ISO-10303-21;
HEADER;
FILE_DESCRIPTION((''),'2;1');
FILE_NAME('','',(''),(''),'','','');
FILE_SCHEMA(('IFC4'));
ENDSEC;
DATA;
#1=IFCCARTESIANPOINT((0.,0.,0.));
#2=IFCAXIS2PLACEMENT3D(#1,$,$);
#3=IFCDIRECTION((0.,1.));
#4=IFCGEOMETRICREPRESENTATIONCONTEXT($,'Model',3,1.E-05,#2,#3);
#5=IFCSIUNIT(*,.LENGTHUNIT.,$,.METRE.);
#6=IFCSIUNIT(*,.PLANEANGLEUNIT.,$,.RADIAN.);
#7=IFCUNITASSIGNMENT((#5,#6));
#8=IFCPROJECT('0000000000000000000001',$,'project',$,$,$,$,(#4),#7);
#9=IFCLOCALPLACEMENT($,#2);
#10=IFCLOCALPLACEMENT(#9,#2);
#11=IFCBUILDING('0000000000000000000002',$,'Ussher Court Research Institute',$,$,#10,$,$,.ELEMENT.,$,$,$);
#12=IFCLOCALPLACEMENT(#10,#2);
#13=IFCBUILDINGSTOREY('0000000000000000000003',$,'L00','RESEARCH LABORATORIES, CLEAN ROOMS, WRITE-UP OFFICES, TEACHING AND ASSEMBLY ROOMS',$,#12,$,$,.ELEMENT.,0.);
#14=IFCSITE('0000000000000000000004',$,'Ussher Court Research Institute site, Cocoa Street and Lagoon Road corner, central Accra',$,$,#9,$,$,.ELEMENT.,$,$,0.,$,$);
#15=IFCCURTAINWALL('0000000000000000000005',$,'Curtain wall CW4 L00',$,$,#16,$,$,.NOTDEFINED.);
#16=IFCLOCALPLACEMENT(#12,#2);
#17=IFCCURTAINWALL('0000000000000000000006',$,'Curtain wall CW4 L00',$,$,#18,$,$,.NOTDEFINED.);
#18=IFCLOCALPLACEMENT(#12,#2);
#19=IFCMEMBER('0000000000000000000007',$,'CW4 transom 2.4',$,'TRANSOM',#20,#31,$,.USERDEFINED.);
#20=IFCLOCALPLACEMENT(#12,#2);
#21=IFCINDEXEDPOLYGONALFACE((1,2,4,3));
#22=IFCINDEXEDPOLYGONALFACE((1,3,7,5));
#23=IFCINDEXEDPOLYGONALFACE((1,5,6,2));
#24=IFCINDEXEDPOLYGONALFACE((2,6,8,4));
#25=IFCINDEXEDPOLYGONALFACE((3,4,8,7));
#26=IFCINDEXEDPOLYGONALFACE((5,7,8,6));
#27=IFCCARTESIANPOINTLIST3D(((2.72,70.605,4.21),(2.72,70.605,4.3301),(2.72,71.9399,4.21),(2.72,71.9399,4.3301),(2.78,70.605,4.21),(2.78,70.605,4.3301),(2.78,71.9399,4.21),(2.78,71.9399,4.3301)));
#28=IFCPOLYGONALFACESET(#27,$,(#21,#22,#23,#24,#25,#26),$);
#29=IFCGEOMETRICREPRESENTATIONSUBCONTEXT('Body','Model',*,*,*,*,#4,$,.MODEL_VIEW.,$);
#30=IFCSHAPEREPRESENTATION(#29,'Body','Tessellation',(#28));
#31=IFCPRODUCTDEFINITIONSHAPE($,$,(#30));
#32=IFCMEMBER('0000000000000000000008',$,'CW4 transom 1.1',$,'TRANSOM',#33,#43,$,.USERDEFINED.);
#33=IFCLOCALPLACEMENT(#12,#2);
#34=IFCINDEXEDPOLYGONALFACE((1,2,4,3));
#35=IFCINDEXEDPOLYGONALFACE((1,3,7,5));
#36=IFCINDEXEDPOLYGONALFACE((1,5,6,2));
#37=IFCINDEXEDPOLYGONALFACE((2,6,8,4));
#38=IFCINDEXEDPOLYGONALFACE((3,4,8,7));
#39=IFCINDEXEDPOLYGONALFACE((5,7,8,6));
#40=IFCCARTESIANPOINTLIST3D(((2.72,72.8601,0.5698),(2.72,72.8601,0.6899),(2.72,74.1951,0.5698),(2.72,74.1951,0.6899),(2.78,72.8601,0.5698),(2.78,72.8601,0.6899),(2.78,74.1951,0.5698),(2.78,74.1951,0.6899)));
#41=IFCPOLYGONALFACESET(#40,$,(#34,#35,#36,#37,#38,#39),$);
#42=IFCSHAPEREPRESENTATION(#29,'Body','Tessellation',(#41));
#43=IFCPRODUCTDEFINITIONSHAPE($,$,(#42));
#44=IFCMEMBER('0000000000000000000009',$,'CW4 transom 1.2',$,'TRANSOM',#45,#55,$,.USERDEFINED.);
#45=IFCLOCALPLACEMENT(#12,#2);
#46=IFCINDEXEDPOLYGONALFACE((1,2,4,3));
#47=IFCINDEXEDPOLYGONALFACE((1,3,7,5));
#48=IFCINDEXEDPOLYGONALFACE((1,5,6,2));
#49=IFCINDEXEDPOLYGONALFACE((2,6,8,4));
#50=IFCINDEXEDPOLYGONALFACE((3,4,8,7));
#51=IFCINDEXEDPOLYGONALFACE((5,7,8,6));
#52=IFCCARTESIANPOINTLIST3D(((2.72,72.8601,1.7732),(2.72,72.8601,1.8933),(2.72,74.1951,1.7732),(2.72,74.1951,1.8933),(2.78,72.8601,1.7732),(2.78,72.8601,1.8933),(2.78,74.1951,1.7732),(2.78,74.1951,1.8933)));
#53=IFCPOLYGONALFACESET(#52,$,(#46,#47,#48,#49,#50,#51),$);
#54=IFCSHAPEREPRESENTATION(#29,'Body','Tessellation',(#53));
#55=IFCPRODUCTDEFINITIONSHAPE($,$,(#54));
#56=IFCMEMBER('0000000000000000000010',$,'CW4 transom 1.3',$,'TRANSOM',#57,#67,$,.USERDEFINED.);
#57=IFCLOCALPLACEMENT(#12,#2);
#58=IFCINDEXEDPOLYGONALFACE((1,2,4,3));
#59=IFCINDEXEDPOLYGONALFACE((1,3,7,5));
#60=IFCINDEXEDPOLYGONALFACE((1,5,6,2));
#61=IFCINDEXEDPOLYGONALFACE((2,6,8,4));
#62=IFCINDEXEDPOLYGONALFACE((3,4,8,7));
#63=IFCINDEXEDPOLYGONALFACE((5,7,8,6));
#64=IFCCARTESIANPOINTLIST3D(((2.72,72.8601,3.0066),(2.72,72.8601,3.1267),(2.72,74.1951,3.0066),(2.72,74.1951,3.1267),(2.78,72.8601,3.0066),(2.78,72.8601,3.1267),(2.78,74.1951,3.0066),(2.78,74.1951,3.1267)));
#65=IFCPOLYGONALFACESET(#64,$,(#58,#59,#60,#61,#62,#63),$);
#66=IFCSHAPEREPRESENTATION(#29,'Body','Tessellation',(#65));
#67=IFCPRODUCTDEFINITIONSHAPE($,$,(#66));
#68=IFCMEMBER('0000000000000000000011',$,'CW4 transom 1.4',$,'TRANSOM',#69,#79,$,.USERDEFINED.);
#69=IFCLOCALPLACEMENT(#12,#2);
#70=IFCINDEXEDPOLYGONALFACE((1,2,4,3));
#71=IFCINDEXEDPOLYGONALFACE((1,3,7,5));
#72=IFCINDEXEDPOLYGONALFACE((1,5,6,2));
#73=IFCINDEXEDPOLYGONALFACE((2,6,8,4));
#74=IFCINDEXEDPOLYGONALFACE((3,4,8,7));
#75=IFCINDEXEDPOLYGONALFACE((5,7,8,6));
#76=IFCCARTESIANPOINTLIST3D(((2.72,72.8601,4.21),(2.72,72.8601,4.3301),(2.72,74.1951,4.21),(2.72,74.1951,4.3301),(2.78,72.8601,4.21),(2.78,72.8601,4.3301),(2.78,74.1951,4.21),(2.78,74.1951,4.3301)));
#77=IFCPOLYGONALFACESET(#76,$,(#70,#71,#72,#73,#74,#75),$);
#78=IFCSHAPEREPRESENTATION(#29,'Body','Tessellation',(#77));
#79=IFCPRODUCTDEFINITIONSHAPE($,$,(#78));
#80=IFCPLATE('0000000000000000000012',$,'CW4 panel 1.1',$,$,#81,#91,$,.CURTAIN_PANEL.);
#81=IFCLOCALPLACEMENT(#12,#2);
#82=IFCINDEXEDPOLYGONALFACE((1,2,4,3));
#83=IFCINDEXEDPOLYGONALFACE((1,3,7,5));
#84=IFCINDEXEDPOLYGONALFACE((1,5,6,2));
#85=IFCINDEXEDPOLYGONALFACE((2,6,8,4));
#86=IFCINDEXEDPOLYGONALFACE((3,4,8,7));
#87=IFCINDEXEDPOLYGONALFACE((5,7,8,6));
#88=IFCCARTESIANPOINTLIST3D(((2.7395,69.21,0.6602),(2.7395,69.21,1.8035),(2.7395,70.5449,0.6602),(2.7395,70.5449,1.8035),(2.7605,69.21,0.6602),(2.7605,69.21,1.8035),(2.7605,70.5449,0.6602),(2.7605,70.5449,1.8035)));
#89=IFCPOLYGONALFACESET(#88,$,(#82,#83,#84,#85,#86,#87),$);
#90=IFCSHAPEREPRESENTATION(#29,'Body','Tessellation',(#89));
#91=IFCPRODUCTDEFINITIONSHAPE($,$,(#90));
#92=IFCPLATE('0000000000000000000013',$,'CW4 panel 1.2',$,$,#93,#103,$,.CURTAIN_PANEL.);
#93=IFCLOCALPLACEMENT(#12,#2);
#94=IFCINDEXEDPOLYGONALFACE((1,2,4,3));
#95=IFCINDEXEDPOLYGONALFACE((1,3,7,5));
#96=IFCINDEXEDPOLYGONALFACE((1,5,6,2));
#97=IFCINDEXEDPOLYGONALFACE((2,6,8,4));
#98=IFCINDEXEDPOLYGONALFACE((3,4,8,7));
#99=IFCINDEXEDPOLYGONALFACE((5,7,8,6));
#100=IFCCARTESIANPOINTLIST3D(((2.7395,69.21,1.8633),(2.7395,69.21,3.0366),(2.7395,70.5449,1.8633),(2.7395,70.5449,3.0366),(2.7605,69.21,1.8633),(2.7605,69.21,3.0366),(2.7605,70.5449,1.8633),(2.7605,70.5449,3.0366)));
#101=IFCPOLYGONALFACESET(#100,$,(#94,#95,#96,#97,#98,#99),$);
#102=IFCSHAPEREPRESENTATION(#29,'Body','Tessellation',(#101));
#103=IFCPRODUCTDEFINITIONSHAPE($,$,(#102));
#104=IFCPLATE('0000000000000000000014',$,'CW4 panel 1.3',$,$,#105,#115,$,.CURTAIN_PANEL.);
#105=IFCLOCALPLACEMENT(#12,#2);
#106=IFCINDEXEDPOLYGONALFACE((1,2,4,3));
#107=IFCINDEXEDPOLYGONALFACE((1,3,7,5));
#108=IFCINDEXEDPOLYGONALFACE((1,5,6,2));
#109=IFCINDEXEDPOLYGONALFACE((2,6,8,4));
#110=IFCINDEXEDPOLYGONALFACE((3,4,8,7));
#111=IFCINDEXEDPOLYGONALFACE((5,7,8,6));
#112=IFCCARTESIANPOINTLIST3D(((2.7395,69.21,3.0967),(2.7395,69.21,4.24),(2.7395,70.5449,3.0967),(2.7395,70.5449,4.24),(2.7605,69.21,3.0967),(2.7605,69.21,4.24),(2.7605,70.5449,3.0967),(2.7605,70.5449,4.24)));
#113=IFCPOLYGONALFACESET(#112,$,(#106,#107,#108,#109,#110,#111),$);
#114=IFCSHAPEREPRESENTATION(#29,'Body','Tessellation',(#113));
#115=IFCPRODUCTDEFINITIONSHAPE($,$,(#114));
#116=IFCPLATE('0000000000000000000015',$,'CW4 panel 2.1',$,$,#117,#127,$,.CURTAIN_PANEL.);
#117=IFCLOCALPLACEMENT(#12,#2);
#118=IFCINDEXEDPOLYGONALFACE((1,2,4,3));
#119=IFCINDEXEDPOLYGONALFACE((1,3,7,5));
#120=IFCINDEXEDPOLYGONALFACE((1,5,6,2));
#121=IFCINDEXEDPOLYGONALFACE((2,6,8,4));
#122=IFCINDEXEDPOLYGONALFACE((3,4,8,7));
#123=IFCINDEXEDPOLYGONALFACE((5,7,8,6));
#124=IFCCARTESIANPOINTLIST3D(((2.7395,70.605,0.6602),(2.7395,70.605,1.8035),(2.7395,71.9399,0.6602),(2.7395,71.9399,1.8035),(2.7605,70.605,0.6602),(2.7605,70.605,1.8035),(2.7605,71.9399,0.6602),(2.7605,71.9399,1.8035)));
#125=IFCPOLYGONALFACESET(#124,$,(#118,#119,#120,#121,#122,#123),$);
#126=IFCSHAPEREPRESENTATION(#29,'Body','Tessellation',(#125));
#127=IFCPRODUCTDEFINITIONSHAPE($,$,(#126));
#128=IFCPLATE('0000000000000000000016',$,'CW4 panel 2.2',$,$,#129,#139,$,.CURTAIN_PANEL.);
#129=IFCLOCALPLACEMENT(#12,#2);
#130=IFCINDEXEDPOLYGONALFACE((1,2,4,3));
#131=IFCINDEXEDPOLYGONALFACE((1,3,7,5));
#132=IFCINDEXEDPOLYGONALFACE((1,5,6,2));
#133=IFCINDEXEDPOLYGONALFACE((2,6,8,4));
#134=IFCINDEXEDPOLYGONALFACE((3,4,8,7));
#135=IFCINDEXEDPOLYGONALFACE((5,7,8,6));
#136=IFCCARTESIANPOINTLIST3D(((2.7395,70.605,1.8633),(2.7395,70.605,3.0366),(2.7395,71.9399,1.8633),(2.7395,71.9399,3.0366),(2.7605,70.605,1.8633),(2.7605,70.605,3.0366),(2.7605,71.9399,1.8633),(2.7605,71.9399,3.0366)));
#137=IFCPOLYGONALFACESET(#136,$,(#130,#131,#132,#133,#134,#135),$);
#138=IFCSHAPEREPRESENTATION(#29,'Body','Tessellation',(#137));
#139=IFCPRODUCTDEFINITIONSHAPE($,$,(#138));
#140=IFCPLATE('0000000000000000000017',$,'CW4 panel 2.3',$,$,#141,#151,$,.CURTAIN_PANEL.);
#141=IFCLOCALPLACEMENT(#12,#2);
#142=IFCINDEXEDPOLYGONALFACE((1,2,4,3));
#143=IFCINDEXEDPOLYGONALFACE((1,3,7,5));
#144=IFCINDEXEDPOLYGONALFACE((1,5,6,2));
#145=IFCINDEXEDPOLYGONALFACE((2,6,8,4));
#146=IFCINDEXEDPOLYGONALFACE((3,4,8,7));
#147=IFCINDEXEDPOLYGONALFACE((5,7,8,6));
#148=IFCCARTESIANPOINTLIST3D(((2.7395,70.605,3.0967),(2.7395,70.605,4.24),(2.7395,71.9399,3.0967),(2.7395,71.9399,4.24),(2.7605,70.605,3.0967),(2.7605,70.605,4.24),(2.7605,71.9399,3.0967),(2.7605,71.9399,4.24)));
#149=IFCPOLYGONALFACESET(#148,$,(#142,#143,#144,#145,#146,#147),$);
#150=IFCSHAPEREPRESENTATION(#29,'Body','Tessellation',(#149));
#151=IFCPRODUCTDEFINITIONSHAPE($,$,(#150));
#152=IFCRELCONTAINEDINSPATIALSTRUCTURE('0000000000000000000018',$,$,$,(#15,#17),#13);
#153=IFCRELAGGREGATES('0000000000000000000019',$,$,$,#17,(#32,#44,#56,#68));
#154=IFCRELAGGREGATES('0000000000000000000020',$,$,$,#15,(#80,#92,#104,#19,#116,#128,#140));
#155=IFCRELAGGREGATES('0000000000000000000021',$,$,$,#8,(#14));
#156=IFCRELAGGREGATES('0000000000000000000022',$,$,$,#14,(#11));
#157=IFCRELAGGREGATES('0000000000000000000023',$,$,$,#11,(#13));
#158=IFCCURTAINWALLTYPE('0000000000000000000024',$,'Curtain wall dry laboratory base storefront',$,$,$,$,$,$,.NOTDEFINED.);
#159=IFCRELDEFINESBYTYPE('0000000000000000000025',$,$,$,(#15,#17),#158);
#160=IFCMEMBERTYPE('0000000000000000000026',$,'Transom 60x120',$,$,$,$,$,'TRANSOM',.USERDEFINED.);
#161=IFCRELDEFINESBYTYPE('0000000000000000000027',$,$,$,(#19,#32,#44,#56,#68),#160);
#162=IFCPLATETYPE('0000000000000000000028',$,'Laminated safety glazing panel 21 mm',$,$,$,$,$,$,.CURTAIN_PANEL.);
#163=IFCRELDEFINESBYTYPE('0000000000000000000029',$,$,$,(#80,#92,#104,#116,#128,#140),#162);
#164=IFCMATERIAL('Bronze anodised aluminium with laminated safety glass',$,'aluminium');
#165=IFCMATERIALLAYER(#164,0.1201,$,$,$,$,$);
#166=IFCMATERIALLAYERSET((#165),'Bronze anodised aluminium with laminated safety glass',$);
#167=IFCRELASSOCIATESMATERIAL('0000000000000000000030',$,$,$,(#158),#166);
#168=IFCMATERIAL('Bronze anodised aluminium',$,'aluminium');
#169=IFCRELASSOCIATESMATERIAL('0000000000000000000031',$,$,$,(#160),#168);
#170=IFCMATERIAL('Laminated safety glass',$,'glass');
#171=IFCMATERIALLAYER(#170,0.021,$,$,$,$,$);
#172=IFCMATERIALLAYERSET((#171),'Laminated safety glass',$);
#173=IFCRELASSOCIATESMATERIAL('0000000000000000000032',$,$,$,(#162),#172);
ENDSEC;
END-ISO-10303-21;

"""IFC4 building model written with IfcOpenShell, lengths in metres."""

from ifc_helpers import new_model, si_unit, direction, frame, origin, origin_2d, place, context, subcontext, project, spatial, rectangle, extrude, material, layer, layer_set, material_profile, profile_set, type_object, element, aggregate, save


model = new_model("IFC4")

# Units and contexts
model_context = context("Model", 3, precision=1e-05, world=origin(), true_north=direction((0.0, 1.0)))
body_context = subcontext(model_context, "Body", "Model", "MODEL_VIEW")
ifc_project = project(units=[si_unit("LENGTHUNIT", "METRE"), si_unit("PLANEANGLEUNIT", "RADIAN")], contexts=[model_context])

# Site, building, storey
site_placement = place(None, origin())
site = spatial("IfcSite", under=ifc_project, at=site_placement, Name="Ussher Court Research Institute site, Cocoa Street and Lagoon Road corner, central Accra", CompositionType="ELEMENT", RefElevation=0.0)
building_placement = place(site_placement, origin())
building = spatial("IfcBuilding", under=site, at=building_placement, Name="Ussher Court Research Institute", CompositionType="ELEMENT")
storey_placement = place(building_placement, origin())
storey = spatial("IfcBuildingStorey", under=building, at=storey_placement, Name="L00", Description="RESEARCH LABORATORIES, CLEAN ROOMS, WRITE-UP OFFICES, TEACHING AND ASSEMBLY ROOMS", CompositionType="ELEMENT", Elevation=0.0)

# Curtain wall
ifc_material_1 = material(Name="Bronze anodised aluminium with laminated safety glass", Category="aluminium")
ifc_layer_1 = layer(ifc_material_1, 0.1201)
ifc_layer_set_1 = layer_set([ifc_layer_1], Name="Bronze anodised aluminium with laminated safety glass")
curtain_wall_type = type_object("IfcCurtainWallType", Name="Curtain wall dry laboratory base storefront", PredefinedType="NOTDEFINED", material=ifc_layer_set_1)
curtain_wall_1_placement = place(storey_placement, origin())
curtain_wall_1 = element("IfcCurtainWall", 1, at=curtain_wall_1_placement, inside=storey, type_object=curtain_wall_type, Name="Curtain wall CW4 L00", PredefinedType="NOTDEFINED")

# Curtain wall
curtain_wall_2_placement = place(storey_placement, origin())
curtain_wall_2 = element("IfcCurtainWall", 2, at=curtain_wall_2_placement, inside=storey, type_object=curtain_wall_type, Name="Curtain wall CW4 L00", PredefinedType="NOTDEFINED")

# Members
ifc_material_2 = material(Name="Bronze anodised aluminium", Category="aluminium")
ifc_material_profile_1 = material_profile(ifc_material_2, rectangle(XDim=0.0601, YDim=0.1201, at=origin_2d()), Name="Transom 60x120")
ifc_profile_set_1 = profile_set([ifc_material_profile_1], Name="Bronze anodised aluminium")
member_type_1 = type_object("IfcMemberType", Name="Transom 60x120", ElementType="TRANSOM", PredefinedType="USERDEFINED", material=ifc_profile_set_1)
member_1_placement = place(storey_placement, frame((2.75, 70.605, 4.27), z_axis=(0.0, 1.0, 0.0), x_axis=(-1.0, 0.0, 0.0)))
member_1 = element("IfcMember", 3, at=member_1_placement, type_object=member_type_1, Name="CW4 transom 2.4", ObjectType="TRANSOM", PredefinedType="USERDEFINED", context=body_context, shape_type="SweptSolid", body=[
    extrude(rectangle(XDim=0.0601, YDim=0.1201, at=origin_2d()), origin(), (0.0, 0.0, 1.0), 1.335),
])
member_2_placement = place(storey_placement, frame((2.75, 72.8601, 0.6299), z_axis=(0.0, 1.0, 0.0), x_axis=(-1.0, 0.0, 0.0)))
member_2 = element("IfcMember", 4, at=member_2_placement, type_object=member_type_1, Name="CW4 transom 1.1", ObjectType="TRANSOM", PredefinedType="USERDEFINED", context=body_context, shape_type="SweptSolid", body=[
    extrude(rectangle(XDim=0.0601, YDim=0.1201, at=origin_2d()), origin(), (0.0, 0.0, 1.0), 1.335),
])
member_3_placement = place(storey_placement, frame((2.75, 72.8601, 1.8333), z_axis=(0.0, 1.0, 0.0), x_axis=(-1.0, 0.0, 0.0)))
member_3 = element("IfcMember", 5, at=member_3_placement, type_object=member_type_1, Name="CW4 transom 1.2", ObjectType="TRANSOM", PredefinedType="USERDEFINED", context=body_context, shape_type="SweptSolid", body=[
    extrude(rectangle(XDim=0.0601, YDim=0.1201, at=origin_2d()), origin(), (0.0, 0.0, 1.0), 1.335),
])
member_4_placement = place(storey_placement, frame((2.75, 72.8601, 3.0667), z_axis=(0.0, 1.0, 0.0), x_axis=(-1.0, 0.0, 0.0)))
member_4 = element("IfcMember", 6, at=member_4_placement, type_object=member_type_1, Name="CW4 transom 1.3", ObjectType="TRANSOM", PredefinedType="USERDEFINED", context=body_context, shape_type="SweptSolid", body=[
    extrude(rectangle(XDim=0.0601, YDim=0.1201, at=origin_2d()), origin(), (0.0, 0.0, 1.0), 1.335),
])
member_5_placement = place(storey_placement, frame((2.75, 72.8601, 4.27), z_axis=(0.0, 1.0, 0.0), x_axis=(-1.0, 0.0, 0.0)))
member_5 = element("IfcMember", 7, at=member_5_placement, type_object=member_type_1, Name="CW4 transom 1.4", ObjectType="TRANSOM", PredefinedType="USERDEFINED", context=body_context, shape_type="SweptSolid", body=[
    extrude(rectangle(XDim=0.0601, YDim=0.1201, at=origin_2d()), origin(), (0.0, 0.0, 1.0), 1.335),
])
aggregate(curtain_wall_2, [member_2, member_3, member_4, member_5])

# Plates
ifc_material_3 = material(Name="Laminated safety glass", Category="glass")
ifc_layer_2 = layer(ifc_material_3, 0.021)
ifc_layer_set_2 = layer_set([ifc_layer_2], Name="Laminated safety glass")
plate_type = type_object("IfcPlateType", Name="Laminated safety glazing panel 21 mm", PredefinedType="CURTAIN_PANEL", material=ifc_layer_set_2)
plate_1_placement = place(storey_placement, frame((2.75, 69.8774, 0.6602), z_axis=(0.0, 0.0, 1.0), x_axis=(0.0, 1.0, 0.0)))
plate_1 = element("IfcPlate", 8, at=plate_1_placement, type_object=plate_type, Name="CW4 panel 1.1", PredefinedType="CURTAIN_PANEL", context=body_context, shape_type="SweptSolid", body=[
    extrude(rectangle(XDim=1.335, YDim=0.021, at=origin_2d()), origin(), (0.0, 0.0, 1.0), 1.1433),
])
plate_2_placement = place(storey_placement, frame((2.75, 69.8774, 1.8633), z_axis=(0.0, 0.0, 1.0), x_axis=(0.0, 1.0, 0.0)))
plate_2 = element("IfcPlate", 9, at=plate_2_placement, type_object=plate_type, Name="CW4 panel 1.2", PredefinedType="CURTAIN_PANEL", context=body_context, shape_type="SweptSolid", body=[
    extrude(rectangle(XDim=1.335, YDim=0.021, at=origin_2d()), origin(), (0.0, 0.0, 1.0), 1.1733),
])
plate_3_placement = place(storey_placement, frame((2.75, 69.8774, 3.0967), z_axis=(0.0, 0.0, 1.0), x_axis=(0.0, 1.0, 0.0)))
plate_3 = element("IfcPlate", 10, at=plate_3_placement, type_object=plate_type, Name="CW4 panel 1.3", PredefinedType="CURTAIN_PANEL", context=body_context, shape_type="SweptSolid", body=[
    extrude(rectangle(XDim=1.335, YDim=0.021, at=origin_2d()), origin(), (0.0, 0.0, 1.0), 1.1433),
])
plate_4_placement = place(storey_placement, frame((2.75, 71.2725, 0.6602), z_axis=(0.0, 0.0, 1.0), x_axis=(0.0, 1.0, 0.0)))
plate_4 = element("IfcPlate", 11, at=plate_4_placement, type_object=plate_type, Name="CW4 panel 2.1", PredefinedType="CURTAIN_PANEL", context=body_context, shape_type="SweptSolid", body=[
    extrude(rectangle(XDim=1.335, YDim=0.021, at=origin_2d()), origin(), (0.0, 0.0, 1.0), 1.1433),
])
plate_5_placement = place(storey_placement, frame((2.75, 71.2725, 1.8633), z_axis=(0.0, 0.0, 1.0), x_axis=(0.0, 1.0, 0.0)))
plate_5 = element("IfcPlate", 12, at=plate_5_placement, type_object=plate_type, Name="CW4 panel 2.2", PredefinedType="CURTAIN_PANEL", context=body_context, shape_type="SweptSolid", body=[
    extrude(rectangle(XDim=1.335, YDim=0.021, at=origin_2d()), origin(), (0.0, 0.0, 1.0), 1.1733),
])
plate_6_placement = place(storey_placement, frame((2.75, 71.2725, 3.0967), z_axis=(0.0, 0.0, 1.0), x_axis=(0.0, 1.0, 0.0)))
plate_6 = element("IfcPlate", 13, at=plate_6_placement, type_object=plate_type, Name="CW4 panel 2.3", PredefinedType="CURTAIN_PANEL", context=body_context, shape_type="SweptSolid", body=[
    extrude(rectangle(XDim=1.335, YDim=0.021, at=origin_2d()), origin(), (0.0, 0.0, 1.0), 1.1433),
])
aggregate(curtain_wall_1, [plate_1, plate_2, plate_3, member_1, plate_4, plate_5, plate_6])

save(model, "model.ifc")
